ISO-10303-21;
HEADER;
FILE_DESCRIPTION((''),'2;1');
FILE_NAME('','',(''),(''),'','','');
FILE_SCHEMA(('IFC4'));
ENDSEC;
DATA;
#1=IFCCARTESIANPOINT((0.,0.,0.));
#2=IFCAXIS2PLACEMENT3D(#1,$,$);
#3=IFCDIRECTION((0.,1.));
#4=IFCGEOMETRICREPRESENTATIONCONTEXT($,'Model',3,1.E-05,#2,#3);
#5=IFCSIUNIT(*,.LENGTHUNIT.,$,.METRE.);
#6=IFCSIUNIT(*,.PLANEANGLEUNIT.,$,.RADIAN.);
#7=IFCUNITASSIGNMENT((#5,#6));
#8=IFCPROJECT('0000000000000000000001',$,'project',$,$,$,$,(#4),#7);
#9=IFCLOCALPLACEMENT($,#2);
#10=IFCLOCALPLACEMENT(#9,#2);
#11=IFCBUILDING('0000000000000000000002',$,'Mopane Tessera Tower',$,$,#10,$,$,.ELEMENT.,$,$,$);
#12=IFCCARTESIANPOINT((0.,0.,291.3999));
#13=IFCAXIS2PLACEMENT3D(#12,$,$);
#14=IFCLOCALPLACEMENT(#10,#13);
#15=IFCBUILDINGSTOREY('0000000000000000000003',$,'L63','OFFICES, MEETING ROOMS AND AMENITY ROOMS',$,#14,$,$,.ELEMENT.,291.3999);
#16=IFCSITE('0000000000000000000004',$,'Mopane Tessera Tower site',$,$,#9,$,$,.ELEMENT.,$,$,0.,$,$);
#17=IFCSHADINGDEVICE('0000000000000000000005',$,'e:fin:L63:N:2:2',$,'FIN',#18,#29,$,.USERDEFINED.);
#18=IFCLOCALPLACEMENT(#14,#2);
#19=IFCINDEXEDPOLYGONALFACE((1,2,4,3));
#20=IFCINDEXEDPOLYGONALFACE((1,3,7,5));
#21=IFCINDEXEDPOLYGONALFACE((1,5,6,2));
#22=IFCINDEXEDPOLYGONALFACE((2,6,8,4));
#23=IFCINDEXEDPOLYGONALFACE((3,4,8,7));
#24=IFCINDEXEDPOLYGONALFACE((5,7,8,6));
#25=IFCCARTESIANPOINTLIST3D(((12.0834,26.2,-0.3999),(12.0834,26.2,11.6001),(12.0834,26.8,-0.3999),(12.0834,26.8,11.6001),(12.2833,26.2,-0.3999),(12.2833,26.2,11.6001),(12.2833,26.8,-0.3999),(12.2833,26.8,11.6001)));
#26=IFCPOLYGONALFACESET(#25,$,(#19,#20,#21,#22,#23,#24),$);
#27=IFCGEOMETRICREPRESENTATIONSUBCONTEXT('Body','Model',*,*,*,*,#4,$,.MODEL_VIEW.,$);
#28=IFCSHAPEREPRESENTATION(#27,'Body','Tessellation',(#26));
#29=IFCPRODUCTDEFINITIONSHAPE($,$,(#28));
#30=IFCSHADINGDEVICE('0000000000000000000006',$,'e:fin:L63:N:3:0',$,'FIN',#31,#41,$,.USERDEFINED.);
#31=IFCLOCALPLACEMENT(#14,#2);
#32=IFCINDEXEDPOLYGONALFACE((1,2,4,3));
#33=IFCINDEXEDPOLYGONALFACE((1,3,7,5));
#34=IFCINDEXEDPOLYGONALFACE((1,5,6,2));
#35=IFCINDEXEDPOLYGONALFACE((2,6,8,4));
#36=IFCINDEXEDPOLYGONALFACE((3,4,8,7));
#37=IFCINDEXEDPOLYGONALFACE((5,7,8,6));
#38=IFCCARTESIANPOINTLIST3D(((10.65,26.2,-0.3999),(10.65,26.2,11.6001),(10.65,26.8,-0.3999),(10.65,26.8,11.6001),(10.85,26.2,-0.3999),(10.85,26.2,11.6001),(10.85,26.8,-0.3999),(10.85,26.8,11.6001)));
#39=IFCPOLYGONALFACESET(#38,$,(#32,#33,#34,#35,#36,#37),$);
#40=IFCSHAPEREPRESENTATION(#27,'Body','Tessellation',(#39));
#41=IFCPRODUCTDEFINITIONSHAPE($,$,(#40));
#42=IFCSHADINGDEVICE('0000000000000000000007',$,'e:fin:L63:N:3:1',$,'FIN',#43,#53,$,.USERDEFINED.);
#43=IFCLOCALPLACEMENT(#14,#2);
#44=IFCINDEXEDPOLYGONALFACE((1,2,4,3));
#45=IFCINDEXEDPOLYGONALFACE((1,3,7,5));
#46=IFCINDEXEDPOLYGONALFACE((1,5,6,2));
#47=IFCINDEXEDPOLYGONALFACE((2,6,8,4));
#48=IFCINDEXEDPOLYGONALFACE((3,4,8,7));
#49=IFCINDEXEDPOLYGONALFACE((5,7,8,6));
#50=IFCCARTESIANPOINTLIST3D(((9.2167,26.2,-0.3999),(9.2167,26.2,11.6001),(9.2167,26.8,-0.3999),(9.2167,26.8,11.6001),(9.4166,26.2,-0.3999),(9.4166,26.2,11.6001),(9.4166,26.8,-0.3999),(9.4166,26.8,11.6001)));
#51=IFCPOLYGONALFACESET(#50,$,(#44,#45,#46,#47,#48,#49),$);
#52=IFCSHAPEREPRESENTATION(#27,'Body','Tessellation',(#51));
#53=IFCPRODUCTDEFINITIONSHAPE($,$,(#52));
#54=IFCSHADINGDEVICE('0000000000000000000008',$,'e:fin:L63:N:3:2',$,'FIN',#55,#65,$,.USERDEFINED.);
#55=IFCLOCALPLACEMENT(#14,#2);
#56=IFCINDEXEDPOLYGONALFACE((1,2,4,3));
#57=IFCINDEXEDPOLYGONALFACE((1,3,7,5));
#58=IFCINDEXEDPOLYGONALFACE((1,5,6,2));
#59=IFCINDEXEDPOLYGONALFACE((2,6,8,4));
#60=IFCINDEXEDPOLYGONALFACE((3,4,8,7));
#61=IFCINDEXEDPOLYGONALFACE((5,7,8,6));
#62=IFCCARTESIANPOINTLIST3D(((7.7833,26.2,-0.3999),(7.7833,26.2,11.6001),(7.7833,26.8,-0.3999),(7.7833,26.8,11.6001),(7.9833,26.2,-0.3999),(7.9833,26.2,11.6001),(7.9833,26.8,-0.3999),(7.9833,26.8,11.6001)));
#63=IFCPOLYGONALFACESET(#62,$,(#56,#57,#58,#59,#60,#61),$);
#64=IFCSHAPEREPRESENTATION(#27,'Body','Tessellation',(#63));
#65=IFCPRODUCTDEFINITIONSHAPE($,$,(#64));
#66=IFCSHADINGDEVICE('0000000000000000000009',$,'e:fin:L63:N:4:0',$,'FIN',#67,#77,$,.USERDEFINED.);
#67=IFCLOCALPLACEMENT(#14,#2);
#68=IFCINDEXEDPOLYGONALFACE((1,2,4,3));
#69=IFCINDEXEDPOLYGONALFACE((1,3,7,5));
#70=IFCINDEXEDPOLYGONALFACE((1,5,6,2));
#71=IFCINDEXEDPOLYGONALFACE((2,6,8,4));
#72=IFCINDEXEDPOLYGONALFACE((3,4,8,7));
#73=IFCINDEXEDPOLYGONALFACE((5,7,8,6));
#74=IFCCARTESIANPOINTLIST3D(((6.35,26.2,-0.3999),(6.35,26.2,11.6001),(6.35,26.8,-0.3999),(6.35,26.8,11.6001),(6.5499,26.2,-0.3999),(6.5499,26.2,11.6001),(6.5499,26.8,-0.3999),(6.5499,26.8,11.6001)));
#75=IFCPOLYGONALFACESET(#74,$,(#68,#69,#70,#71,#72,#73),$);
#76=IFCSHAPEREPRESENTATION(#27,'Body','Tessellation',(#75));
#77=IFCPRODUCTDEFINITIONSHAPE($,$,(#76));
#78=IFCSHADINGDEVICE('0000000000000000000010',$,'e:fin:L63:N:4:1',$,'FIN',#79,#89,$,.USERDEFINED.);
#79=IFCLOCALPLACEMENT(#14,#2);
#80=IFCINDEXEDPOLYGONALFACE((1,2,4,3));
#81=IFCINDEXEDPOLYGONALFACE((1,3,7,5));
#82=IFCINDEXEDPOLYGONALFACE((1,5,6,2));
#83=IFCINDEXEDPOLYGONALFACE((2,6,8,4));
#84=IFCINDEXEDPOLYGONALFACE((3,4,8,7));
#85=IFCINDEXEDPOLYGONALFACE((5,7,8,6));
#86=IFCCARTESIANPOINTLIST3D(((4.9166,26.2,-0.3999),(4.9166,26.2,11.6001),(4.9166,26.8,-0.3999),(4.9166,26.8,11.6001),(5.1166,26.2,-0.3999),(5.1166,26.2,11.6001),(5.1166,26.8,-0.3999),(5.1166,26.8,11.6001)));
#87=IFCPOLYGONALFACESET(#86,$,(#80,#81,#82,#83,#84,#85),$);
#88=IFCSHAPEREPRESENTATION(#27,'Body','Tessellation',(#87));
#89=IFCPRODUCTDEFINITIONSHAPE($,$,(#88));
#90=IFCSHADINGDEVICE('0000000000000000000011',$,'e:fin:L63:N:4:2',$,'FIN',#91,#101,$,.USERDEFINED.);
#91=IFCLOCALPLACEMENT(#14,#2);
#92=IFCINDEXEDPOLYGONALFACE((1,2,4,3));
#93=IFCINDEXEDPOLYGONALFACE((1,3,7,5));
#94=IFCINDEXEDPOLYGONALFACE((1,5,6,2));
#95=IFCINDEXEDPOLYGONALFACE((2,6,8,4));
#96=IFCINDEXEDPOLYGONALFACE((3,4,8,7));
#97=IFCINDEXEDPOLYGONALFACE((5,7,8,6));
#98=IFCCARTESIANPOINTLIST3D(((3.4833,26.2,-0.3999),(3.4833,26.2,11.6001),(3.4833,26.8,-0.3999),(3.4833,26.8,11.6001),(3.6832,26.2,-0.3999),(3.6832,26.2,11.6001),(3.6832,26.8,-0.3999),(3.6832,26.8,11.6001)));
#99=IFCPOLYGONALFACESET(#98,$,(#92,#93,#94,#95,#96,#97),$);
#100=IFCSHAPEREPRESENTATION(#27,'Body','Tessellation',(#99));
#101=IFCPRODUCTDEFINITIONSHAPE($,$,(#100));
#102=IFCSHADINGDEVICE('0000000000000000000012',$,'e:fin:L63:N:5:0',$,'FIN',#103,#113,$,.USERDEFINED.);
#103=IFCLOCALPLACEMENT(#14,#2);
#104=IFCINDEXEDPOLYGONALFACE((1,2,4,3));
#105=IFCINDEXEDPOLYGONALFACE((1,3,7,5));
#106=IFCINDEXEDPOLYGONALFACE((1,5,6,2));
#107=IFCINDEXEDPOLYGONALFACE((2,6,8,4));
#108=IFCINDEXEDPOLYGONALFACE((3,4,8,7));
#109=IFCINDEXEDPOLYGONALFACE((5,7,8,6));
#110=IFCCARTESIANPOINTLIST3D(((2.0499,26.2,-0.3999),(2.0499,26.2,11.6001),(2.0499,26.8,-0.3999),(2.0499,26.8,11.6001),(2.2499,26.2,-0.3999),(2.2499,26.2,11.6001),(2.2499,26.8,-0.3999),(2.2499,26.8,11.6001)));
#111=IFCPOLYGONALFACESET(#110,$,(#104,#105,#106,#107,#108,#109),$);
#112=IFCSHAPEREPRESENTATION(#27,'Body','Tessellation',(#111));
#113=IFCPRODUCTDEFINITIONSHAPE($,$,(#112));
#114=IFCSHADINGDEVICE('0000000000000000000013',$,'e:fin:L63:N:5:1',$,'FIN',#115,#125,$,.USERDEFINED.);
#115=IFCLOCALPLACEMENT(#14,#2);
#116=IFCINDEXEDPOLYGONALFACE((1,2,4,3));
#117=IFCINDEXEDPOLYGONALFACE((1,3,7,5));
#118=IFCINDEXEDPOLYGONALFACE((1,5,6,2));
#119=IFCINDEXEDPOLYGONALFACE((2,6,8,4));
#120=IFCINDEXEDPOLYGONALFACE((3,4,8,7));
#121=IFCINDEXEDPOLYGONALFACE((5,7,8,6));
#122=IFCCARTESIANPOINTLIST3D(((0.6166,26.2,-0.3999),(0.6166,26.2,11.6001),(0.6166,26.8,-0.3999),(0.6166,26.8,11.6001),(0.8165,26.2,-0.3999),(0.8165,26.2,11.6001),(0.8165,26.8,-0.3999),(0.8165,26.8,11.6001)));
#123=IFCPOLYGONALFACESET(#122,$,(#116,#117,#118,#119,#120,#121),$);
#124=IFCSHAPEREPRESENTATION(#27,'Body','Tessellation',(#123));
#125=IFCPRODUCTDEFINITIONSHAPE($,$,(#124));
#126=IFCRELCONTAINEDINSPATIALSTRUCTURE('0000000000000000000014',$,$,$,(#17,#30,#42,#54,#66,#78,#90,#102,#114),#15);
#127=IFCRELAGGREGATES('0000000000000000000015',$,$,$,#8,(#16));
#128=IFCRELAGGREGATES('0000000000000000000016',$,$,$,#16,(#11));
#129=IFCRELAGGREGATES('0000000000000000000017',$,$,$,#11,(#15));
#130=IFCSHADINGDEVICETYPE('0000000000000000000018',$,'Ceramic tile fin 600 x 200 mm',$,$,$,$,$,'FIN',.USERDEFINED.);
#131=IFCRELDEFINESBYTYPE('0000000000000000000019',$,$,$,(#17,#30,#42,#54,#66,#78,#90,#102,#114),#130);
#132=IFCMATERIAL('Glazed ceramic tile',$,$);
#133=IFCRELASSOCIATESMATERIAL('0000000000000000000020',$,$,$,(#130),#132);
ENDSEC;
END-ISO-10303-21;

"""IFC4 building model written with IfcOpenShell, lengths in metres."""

from ifc_helpers import new_model, si_unit, direction, frame, origin, origin_2d, place, context, subcontext, project, spatial, rectangle, extrude, material, type_object, element, save


model = new_model("IFC4")

# Units and contexts
model_context = context("Model", 3, precision=1e-05, world=origin(), true_north=direction((0.0, 1.0)))
body_context = subcontext(model_context, "Body", "Model", "MODEL_VIEW")
ifc_project = project(units=[si_unit("LENGTHUNIT", "METRE"), si_unit("PLANEANGLEUNIT", "RADIAN")], contexts=[model_context])

# Site, building, storey
site_placement = place(None, origin())
site = spatial("IfcSite", under=ifc_project, at=site_placement, Name="Mopane Tessera Tower site", CompositionType="ELEMENT", RefElevation=0.0)
building_placement = place(site_placement, origin())
building = spatial("IfcBuilding", under=site, at=building_placement, Name="Mopane Tessera Tower", CompositionType="ELEMENT")
storey_placement = place(building_placement, frame((0.0, 0.0, 291.3999)))
storey = spatial("IfcBuildingStorey", under=building, at=storey_placement, Name="L63", Description="OFFICES, MEETING ROOMS AND AMENITY ROOMS", CompositionType="ELEMENT", Elevation=291.3999)

# Shading devices
ifc_material_1 = material(Name="Glazed ceramic tile")
shading_device_type = type_object("IfcShadingDeviceType", Name="Ceramic tile fin 600 x 200 mm", ElementType="FIN", PredefinedType="USERDEFINED", material=ifc_material_1)
for number, where, z_axis, x_axis, name in (
    (1, (12.1833, 26.5, -0.3999), (0.0, 0.0, 1.0), (-1.0, 0.0, 0.0), "e:fin:L63:N:2:2"),
    (2, (10.75, 26.5, -0.3999), (0.0, 0.0, 1.0), (-1.0, 0.0, 0.0), "e:fin:L63:N:3:0"),
    (3, (9.3167, 26.5, -0.3999), (0.0, 0.0, 1.0), (-1.0, 0.0, 0.0), "e:fin:L63:N:3:1"),
    (4, (7.8833, 26.5, -0.3999), (0.0, 0.0, 1.0), (-1.0, 0.0, 0.0), "e:fin:L63:N:3:2"),
    (5, (6.45, 26.5, -0.3999), (0.0, 0.0, 1.0), (-1.0, 0.0, 0.0), "e:fin:L63:N:4:0"),
    (6, (5.0166, 26.5, -0.3999), (0.0, 0.0, 1.0), (-1.0, 0.0, 0.0), "e:fin:L63:N:4:1"),
    (7, (3.5833, 26.5, -0.3999), (0.0, 0.0, 1.0), (-1.0, 0.0, 0.0), "e:fin:L63:N:4:2"),
    (8, (2.1499, 26.5, -0.3999), (0.0, 0.0, 1.0), (-1.0, 0.0, 0.0), "e:fin:L63:N:5:0"),
    (9, (0.7166, 26.5, -0.3999), (0.0, 0.0, 1.0), (-1.0, 0.0, 0.0), "e:fin:L63:N:5:1"),
):
    element("IfcShadingDevice", number, at=place(storey_placement, frame(where, z_axis=z_axis, x_axis=x_axis)), inside=storey, type_object=shading_device_type, Name=name, ObjectType="FIN", PredefinedType="USERDEFINED", context=body_context, shape_type="SweptSolid", body=[
        extrude(rectangle(XDim=0.2, YDim=0.6001, at=origin_2d()), origin(), (0.0, 0.0, 1.0), 12.0),
    ])

save(model, "model.ifc")
